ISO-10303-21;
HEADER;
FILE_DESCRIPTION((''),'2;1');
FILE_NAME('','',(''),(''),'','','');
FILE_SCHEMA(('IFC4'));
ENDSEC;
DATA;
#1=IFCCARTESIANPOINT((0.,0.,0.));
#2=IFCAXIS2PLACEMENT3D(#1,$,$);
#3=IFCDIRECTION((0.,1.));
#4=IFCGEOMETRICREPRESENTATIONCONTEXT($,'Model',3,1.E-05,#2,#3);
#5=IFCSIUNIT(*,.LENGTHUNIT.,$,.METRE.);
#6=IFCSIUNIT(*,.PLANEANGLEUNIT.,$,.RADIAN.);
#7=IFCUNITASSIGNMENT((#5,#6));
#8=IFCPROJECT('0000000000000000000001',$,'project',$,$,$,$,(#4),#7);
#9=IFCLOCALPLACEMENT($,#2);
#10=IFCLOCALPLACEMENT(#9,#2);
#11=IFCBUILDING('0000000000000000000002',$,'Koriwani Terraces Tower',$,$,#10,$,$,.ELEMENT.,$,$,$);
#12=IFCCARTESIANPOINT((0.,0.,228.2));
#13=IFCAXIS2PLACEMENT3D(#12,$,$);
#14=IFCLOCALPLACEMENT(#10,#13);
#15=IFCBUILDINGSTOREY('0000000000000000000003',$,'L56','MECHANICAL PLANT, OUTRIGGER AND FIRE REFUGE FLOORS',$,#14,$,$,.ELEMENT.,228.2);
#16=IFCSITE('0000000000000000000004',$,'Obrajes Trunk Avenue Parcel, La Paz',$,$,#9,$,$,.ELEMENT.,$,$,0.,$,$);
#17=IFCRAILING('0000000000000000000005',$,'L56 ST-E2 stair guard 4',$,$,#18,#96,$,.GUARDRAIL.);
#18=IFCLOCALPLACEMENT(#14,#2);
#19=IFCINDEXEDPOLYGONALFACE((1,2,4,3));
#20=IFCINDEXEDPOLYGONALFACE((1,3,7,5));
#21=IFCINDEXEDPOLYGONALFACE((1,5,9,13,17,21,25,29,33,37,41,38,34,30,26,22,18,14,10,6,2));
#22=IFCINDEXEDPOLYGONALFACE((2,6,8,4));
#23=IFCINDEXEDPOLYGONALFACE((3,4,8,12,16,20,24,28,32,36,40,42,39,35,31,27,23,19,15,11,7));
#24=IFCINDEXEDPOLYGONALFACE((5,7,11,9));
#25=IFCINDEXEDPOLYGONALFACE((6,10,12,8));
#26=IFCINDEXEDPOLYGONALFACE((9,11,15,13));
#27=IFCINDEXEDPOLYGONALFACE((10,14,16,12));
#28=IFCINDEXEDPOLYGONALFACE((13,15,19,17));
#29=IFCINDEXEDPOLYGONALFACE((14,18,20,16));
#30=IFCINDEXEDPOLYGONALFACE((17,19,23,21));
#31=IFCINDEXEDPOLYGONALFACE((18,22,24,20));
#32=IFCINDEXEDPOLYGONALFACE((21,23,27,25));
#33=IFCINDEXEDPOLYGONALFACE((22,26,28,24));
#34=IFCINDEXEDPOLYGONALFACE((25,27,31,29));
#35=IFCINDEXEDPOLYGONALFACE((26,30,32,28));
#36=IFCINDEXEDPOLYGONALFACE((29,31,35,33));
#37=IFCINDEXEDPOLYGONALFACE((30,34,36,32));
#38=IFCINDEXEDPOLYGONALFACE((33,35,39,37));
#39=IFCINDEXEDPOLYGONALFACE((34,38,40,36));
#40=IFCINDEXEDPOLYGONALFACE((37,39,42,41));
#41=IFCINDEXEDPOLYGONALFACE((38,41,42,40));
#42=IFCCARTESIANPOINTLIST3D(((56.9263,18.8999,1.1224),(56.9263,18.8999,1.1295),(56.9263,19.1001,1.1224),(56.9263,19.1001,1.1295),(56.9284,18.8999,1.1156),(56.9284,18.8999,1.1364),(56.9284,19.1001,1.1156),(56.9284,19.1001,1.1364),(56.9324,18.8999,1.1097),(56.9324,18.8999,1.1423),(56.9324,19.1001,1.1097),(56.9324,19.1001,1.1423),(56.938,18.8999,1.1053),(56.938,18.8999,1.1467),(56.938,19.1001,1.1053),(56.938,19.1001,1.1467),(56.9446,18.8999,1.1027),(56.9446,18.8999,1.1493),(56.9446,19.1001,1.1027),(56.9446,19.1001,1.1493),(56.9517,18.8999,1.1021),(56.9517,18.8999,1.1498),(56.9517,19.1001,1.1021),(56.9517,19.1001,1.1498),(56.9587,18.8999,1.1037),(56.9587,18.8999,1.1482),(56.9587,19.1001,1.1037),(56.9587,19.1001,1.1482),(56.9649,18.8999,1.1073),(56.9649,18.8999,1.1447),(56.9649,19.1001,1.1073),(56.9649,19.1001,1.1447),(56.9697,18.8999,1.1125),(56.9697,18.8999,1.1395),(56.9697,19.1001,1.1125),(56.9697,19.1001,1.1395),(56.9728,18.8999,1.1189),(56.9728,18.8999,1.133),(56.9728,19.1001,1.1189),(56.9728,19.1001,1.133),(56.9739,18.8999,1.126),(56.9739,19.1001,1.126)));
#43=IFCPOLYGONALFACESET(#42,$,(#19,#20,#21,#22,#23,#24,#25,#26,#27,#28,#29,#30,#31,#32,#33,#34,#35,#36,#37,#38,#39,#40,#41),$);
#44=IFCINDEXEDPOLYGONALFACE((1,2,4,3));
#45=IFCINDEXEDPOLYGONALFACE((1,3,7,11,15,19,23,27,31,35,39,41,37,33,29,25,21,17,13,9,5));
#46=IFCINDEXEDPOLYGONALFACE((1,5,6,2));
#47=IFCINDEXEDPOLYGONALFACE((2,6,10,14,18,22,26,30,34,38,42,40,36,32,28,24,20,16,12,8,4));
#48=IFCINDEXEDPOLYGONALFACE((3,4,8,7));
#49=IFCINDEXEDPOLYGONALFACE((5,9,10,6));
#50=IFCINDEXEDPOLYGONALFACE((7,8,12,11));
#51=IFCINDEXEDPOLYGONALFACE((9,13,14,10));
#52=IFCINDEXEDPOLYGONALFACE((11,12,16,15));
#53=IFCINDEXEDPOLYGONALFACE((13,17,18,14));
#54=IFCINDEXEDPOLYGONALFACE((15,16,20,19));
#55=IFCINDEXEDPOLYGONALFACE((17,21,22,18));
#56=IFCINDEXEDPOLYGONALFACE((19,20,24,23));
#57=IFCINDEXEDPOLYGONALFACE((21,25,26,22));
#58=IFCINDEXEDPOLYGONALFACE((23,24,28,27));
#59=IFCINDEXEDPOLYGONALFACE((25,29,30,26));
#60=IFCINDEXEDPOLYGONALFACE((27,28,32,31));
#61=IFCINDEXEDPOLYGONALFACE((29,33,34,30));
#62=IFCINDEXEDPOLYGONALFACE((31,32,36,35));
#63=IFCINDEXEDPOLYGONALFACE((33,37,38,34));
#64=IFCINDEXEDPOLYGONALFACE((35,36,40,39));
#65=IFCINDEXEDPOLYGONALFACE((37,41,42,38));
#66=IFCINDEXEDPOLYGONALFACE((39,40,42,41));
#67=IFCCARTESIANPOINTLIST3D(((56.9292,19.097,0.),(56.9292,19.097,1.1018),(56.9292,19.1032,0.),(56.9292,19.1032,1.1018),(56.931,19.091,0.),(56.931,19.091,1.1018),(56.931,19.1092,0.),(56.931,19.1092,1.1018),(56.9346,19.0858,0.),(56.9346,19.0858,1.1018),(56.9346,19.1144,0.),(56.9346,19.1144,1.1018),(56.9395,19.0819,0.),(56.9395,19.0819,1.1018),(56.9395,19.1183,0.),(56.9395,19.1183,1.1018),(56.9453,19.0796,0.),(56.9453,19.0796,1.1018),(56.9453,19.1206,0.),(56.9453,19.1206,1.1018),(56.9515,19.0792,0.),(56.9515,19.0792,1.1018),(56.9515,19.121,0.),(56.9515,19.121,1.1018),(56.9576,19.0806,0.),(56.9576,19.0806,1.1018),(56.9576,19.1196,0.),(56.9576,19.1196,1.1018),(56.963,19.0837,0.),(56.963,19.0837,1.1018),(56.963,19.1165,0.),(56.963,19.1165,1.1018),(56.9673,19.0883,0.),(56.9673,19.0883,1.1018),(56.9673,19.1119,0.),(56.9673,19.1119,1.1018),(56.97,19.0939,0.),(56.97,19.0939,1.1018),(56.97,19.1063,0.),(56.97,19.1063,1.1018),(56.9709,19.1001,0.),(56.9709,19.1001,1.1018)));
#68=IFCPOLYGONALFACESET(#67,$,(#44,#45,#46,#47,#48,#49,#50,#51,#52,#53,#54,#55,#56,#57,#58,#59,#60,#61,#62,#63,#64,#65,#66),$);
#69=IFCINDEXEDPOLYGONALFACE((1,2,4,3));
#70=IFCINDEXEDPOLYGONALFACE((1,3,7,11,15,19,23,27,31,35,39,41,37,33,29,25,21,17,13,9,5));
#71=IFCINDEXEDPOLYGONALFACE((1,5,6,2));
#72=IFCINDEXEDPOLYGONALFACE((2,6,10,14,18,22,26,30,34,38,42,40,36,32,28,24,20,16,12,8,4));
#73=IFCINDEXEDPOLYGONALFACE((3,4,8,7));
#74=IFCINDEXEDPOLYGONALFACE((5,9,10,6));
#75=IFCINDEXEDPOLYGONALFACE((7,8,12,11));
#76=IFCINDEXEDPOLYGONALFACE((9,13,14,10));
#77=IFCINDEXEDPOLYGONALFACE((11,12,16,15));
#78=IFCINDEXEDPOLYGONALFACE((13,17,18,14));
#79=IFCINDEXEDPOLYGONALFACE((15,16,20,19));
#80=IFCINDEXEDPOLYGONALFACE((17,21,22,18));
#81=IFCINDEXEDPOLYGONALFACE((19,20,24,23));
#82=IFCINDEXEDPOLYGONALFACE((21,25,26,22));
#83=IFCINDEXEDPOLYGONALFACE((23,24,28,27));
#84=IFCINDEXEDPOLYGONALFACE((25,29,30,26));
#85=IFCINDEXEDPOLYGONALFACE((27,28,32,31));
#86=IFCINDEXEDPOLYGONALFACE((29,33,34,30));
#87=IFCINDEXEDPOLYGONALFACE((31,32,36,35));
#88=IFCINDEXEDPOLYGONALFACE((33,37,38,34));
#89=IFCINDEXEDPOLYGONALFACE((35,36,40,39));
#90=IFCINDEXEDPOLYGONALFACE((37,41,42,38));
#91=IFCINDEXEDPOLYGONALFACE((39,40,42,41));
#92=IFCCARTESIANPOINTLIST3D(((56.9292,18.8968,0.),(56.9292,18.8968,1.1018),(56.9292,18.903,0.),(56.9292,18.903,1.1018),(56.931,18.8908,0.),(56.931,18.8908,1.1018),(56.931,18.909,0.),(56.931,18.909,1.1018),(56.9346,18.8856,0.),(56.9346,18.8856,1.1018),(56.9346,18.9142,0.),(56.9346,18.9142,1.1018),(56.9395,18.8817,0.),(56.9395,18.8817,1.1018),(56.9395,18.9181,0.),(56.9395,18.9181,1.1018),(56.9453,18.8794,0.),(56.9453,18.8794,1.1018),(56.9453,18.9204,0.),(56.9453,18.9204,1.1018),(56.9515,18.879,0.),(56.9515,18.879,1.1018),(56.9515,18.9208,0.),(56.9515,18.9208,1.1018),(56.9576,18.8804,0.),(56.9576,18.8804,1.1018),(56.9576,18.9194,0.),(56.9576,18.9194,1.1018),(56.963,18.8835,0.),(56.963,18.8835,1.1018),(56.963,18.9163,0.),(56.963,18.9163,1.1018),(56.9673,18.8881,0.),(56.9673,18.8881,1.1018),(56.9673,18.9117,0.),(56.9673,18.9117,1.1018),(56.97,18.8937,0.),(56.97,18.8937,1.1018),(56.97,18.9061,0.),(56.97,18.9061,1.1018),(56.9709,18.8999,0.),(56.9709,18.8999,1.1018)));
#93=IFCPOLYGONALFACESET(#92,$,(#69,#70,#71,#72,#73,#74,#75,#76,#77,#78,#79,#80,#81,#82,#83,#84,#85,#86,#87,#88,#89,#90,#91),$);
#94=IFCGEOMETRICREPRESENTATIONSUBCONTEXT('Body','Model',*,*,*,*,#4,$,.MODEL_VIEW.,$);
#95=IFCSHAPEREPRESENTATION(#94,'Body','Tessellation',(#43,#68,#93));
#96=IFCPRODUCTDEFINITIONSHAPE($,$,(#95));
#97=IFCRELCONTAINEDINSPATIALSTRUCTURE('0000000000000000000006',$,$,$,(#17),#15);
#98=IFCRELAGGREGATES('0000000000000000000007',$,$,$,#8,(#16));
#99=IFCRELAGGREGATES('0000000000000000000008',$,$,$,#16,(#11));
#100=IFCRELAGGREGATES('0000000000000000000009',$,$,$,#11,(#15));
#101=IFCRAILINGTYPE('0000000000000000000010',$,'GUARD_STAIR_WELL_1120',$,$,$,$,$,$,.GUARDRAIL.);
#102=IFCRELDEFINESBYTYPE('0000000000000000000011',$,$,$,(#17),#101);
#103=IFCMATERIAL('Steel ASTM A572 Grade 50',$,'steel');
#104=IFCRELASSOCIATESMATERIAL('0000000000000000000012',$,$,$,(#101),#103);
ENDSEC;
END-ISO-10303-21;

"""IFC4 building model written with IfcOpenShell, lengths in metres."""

from ifc_helpers import new_model, si_unit, direction, frame, origin, origin_2d, place, context, subcontext, project, spatial, circle, extrude, material, type_object, element, save


model = new_model("IFC4")

# Units and contexts
model_context = context("Model", 3, precision=1e-05, world=origin(), true_north=direction((0.0, 1.0)))
body_context = subcontext(model_context, "Body", "Model", "MODEL_VIEW")
ifc_project = project(units=[si_unit("LENGTHUNIT", "METRE"), si_unit("PLANEANGLEUNIT", "RADIAN")], contexts=[model_context])

# Site, building, storey
site_placement = place(None, origin())
site = spatial("IfcSite", under=ifc_project, at=site_placement, Name="Obrajes Trunk Avenue Parcel, La Paz", CompositionType="ELEMENT", RefElevation=0.0)
building_placement = place(site_placement, origin())
building = spatial("IfcBuilding", under=site, at=building_placement, Name="Koriwani Terraces Tower", CompositionType="ELEMENT")
storey_placement = place(building_placement, frame((0.0, 0.0, 228.2)))
storey = spatial("IfcBuildingStorey", under=building, at=storey_placement, Name="L56", Description="MECHANICAL PLANT, OUTRIGGER AND FIRE REFUGE FLOORS", CompositionType="ELEMENT", Elevation=228.2)

# Shared definitions
ifc_material_1 = material(Name="Steel ASTM A572 Grade 50", Category="steel")

# Railing
railing_type_1 = type_object("IfcRailingType", Name="GUARD_STAIR_WELL_1120", PredefinedType="GUARDRAIL", material=ifc_material_1)
railing_1_placement = place(storey_placement, frame((56.95, 19.1001, 0.0)))
element("IfcRailing", 1, at=railing_1_placement, inside=storey, type_object=railing_type_1, Name="L56 ST-E2 stair guard 4", PredefinedType="GUARDRAIL", context=body_context, shape_type="SweptSolid", body=[
    extrude(circle(Radius=0.0239, at=origin_2d()), frame((0.0, 0.0, 1.126), z_axis=(0.0, -1.0, 0.0), x_axis=(1.0, 0.0, 0.0)), (0.0, 0.0, 1.0), 0.2002),
    extrude(circle(Radius=0.021, at=origin_2d()), origin(), (0.0, 0.0, 1.0), 1.1018),
    extrude(circle(Radius=0.021, at=origin_2d()), frame((0.0, -0.2002, 0.0)), (0.0, 0.0, 1.0), 1.1018),
])

save(model, "model.ifc")
